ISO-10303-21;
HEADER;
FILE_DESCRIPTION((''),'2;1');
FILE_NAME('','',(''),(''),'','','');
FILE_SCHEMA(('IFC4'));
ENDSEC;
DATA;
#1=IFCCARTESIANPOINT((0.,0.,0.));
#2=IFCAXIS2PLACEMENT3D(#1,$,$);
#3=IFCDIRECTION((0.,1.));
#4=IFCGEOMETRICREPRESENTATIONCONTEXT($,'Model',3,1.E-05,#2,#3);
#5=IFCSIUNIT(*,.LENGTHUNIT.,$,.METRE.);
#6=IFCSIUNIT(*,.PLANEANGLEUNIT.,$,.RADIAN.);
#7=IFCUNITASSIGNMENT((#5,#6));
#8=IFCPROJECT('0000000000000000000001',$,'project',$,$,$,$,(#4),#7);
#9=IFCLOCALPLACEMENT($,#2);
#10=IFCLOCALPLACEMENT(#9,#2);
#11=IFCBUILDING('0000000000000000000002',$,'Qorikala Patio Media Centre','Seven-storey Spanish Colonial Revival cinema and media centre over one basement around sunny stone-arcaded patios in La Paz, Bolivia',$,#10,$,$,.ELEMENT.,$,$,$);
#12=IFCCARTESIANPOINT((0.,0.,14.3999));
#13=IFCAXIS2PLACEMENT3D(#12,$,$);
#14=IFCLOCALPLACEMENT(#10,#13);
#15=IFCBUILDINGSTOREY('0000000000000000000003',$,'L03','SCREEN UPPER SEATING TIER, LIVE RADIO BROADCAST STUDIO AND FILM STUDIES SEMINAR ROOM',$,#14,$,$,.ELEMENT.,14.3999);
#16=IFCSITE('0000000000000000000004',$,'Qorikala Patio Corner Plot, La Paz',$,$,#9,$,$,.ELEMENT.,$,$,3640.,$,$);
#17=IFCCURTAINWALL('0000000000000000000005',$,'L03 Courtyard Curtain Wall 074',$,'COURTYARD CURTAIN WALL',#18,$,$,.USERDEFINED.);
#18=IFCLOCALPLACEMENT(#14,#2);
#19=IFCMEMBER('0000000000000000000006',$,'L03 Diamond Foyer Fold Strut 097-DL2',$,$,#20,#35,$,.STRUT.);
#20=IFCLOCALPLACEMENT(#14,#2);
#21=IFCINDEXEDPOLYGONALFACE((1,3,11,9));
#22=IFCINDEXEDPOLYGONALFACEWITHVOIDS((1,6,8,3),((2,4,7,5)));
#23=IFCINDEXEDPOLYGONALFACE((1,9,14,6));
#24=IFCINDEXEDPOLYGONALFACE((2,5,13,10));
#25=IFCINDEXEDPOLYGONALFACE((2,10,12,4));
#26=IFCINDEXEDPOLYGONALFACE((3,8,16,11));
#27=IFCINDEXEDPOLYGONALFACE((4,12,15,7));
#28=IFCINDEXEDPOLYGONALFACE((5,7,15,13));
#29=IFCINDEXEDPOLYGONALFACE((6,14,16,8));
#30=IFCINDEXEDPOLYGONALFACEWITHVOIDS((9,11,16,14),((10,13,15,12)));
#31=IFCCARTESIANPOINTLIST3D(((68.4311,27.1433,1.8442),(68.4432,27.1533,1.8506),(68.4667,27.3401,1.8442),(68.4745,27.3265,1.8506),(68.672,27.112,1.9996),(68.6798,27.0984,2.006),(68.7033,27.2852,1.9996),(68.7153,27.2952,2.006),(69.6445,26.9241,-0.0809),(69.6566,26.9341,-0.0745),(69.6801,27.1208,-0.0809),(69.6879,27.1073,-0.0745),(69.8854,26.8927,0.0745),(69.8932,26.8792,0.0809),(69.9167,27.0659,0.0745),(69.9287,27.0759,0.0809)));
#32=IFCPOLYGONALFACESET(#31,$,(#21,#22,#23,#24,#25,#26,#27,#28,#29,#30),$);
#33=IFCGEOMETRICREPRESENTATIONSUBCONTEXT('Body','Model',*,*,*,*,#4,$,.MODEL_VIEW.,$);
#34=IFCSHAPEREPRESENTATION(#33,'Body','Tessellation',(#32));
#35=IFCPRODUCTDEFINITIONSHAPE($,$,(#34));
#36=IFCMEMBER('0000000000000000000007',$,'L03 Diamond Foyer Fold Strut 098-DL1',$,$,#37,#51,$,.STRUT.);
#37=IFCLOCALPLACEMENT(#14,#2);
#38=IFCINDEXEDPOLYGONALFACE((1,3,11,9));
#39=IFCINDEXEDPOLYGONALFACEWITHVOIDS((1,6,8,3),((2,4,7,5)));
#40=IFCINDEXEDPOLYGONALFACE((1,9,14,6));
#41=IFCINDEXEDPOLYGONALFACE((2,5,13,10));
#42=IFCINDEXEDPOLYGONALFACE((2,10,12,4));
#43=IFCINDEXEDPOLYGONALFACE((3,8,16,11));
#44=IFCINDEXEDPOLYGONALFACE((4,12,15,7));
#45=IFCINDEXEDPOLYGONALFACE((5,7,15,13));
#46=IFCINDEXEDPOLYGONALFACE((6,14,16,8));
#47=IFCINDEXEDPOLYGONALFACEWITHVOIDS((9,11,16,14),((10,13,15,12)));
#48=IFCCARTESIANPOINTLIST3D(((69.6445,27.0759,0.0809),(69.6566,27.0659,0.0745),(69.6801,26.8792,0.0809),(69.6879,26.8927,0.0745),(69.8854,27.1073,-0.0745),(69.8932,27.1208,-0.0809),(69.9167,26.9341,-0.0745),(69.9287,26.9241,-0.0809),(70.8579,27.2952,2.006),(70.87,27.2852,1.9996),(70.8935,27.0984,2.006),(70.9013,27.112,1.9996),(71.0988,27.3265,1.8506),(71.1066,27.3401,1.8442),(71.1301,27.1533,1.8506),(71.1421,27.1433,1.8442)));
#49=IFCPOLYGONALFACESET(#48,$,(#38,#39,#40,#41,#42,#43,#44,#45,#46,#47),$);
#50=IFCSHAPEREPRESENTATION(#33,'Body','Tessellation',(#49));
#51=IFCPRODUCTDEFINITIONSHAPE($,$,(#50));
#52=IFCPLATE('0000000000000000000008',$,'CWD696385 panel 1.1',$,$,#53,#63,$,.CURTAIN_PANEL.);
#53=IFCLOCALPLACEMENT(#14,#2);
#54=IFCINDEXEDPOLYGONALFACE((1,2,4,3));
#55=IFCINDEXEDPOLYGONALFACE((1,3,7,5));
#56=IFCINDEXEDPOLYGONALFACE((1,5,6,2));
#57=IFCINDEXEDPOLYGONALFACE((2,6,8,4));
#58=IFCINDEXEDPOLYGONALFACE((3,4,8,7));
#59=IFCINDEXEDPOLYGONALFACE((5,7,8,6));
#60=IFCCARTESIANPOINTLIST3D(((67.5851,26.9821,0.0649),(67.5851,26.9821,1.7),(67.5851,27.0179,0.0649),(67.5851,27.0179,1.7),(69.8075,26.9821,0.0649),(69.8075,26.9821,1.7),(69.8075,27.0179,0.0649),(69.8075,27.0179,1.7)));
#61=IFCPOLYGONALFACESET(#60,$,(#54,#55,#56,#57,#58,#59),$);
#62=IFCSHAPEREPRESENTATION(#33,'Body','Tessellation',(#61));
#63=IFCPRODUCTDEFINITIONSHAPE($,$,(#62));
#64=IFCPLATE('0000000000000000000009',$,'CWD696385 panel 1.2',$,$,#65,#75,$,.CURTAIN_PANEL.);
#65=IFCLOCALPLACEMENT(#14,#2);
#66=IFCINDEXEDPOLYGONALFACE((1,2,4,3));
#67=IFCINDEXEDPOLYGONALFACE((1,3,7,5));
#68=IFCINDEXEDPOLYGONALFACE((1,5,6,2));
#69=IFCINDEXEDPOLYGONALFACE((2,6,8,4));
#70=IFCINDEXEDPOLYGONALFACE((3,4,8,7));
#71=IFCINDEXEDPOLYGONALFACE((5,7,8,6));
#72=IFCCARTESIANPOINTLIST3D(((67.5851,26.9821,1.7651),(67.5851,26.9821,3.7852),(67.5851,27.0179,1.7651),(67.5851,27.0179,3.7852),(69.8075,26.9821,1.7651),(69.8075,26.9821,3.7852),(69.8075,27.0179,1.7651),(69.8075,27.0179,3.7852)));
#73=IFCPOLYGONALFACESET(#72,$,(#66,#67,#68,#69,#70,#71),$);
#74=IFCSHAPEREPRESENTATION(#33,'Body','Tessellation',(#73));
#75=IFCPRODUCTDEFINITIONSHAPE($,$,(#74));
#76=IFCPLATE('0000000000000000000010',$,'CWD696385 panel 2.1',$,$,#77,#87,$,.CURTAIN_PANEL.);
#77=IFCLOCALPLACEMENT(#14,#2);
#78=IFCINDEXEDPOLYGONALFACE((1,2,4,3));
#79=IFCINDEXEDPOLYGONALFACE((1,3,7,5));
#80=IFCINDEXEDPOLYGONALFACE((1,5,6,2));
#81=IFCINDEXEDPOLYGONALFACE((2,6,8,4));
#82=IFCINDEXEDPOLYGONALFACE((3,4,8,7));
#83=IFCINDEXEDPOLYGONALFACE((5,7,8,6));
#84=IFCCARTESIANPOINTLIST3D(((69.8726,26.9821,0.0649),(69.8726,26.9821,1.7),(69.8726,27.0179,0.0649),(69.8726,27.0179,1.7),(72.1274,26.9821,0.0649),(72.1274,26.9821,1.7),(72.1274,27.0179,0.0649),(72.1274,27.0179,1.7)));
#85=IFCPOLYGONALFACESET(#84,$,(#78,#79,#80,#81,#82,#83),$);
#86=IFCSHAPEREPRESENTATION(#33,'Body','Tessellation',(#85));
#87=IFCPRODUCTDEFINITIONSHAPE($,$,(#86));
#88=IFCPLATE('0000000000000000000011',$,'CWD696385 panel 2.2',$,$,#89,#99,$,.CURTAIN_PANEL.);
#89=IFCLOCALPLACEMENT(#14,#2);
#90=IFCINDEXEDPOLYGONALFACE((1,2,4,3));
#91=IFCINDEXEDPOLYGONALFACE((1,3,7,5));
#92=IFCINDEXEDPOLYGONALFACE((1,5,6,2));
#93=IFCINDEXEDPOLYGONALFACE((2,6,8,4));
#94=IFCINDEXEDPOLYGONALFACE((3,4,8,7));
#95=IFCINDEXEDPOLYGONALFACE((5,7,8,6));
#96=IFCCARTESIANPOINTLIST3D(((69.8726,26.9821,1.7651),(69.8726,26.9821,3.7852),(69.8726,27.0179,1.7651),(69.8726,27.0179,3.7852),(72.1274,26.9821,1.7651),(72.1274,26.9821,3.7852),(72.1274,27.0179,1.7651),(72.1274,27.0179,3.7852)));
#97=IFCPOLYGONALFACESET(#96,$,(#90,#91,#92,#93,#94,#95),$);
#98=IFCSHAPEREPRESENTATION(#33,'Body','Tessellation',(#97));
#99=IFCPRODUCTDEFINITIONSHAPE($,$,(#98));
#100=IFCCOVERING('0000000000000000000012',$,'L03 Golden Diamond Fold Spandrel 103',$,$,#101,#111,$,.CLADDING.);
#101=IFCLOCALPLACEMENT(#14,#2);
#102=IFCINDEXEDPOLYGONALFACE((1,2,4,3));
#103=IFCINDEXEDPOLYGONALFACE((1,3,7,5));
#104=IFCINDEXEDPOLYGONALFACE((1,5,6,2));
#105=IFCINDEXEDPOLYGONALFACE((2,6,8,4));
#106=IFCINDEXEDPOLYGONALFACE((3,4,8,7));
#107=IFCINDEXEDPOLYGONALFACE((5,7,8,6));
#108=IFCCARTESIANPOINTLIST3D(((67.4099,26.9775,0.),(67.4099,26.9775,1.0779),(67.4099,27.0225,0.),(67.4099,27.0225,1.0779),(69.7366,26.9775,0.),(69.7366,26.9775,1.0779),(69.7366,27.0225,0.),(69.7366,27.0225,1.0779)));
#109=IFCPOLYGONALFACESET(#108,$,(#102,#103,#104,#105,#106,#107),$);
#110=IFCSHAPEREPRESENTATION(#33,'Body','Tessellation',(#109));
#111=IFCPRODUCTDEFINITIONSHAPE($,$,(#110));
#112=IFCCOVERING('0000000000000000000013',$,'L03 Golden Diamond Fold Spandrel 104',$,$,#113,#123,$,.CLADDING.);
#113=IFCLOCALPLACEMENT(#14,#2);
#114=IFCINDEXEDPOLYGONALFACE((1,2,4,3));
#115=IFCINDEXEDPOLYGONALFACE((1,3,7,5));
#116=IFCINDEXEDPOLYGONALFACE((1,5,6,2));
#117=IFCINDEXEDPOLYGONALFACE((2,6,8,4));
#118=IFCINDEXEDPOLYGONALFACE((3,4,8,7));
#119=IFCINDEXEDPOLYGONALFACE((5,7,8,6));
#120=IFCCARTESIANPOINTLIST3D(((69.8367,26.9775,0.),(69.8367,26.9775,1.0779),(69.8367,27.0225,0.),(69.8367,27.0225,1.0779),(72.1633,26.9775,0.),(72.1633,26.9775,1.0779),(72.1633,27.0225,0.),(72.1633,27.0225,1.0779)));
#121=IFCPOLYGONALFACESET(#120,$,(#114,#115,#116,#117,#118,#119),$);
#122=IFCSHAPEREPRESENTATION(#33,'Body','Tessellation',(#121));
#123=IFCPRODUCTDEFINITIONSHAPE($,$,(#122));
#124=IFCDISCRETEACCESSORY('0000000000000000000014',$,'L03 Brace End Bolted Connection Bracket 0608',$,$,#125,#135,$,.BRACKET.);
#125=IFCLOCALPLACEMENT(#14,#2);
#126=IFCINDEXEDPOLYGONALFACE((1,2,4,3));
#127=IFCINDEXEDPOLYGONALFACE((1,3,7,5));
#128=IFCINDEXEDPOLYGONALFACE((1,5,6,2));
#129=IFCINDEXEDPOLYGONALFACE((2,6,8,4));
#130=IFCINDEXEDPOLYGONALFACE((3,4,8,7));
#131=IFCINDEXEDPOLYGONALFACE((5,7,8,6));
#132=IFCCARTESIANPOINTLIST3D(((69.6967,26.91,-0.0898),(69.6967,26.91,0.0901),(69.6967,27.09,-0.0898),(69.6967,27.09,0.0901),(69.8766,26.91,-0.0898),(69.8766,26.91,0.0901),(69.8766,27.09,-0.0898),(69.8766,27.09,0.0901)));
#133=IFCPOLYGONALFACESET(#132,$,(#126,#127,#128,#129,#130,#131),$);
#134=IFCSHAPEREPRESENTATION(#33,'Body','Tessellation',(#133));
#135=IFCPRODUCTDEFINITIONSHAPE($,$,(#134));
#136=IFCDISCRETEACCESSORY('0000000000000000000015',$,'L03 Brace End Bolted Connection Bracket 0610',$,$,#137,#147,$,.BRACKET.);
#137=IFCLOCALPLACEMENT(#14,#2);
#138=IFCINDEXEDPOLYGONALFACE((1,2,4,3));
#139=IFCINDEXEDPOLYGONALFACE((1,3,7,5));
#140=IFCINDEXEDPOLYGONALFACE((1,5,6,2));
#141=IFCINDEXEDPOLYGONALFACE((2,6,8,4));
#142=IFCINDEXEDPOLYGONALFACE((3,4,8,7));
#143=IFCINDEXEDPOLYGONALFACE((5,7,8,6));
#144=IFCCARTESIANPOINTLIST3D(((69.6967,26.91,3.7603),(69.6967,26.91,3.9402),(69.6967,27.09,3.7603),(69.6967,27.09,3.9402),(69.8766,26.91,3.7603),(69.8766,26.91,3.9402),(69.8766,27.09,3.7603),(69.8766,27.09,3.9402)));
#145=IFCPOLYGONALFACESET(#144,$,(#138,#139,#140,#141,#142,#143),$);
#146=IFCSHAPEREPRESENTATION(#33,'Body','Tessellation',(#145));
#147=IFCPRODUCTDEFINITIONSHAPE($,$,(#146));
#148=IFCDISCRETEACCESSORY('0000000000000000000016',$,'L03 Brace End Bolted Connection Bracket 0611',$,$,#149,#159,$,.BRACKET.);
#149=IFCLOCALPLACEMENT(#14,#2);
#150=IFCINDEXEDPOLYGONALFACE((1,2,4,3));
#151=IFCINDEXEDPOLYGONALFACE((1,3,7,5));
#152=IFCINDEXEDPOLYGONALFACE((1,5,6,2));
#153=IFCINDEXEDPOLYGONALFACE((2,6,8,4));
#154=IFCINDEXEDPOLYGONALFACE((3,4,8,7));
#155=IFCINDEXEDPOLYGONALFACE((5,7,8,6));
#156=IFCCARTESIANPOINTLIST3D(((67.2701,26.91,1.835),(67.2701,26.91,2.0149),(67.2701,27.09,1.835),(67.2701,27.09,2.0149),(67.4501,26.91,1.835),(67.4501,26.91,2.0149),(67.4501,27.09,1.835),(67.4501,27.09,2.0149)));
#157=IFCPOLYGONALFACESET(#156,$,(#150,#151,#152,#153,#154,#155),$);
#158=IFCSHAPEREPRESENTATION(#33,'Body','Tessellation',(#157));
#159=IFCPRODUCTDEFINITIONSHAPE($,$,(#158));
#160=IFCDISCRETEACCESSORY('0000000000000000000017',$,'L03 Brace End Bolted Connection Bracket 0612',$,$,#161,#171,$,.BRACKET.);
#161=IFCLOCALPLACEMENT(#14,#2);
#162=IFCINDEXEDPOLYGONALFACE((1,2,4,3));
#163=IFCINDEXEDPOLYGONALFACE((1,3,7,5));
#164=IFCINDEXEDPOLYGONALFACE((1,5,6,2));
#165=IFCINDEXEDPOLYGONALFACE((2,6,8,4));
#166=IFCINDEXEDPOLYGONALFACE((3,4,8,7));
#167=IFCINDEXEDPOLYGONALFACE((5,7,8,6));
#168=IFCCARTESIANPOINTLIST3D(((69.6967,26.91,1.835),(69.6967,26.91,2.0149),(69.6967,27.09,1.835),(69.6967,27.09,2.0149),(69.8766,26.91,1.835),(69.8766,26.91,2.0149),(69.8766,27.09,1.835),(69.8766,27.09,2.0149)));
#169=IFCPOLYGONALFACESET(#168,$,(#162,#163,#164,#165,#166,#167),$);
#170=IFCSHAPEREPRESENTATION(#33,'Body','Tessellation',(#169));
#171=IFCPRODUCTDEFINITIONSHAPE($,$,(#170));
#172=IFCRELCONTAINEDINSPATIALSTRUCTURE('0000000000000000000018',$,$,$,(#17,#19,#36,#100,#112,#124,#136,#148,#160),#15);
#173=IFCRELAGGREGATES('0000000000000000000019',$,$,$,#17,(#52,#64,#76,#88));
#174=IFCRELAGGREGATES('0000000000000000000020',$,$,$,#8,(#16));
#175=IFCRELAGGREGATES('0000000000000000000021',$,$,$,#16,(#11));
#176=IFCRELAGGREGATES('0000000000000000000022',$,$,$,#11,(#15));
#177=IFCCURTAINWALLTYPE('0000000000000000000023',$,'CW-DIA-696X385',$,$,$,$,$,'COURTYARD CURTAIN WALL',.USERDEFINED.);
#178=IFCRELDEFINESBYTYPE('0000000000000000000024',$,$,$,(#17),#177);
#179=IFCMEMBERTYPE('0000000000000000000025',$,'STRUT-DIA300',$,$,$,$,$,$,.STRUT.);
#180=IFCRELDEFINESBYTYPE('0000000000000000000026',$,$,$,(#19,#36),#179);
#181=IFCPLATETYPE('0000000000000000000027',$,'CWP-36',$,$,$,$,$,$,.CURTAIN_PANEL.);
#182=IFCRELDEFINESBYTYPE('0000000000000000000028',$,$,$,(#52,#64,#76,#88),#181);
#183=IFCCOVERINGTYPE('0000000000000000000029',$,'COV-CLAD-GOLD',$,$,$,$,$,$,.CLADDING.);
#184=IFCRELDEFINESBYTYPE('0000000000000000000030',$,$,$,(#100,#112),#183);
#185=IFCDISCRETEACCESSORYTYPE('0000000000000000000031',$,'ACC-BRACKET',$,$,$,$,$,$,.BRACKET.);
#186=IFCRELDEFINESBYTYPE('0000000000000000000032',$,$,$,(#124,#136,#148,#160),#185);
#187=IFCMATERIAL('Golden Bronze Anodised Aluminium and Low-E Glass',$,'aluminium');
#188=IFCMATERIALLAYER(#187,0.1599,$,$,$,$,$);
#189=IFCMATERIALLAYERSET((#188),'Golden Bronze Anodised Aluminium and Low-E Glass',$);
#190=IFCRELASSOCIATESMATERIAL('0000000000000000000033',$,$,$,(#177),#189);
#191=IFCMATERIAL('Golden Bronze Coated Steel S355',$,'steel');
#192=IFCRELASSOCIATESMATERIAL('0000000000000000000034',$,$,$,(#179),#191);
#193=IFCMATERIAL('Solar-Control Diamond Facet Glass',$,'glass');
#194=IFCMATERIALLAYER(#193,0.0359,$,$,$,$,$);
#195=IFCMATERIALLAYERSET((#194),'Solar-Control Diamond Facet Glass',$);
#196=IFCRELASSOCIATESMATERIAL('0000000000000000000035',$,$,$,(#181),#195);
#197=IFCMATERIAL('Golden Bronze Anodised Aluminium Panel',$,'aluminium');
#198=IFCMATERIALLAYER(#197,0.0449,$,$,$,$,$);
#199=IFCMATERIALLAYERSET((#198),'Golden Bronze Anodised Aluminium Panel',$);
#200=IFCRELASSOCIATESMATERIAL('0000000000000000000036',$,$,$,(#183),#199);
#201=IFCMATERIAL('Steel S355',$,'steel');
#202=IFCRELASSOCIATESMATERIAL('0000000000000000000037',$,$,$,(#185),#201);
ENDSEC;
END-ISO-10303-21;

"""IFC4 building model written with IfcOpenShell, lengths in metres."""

from ifc_helpers import new_model, si_unit, direction, frame, origin, origin_2d, place, context, subcontext, project, spatial, rectangle, hollow_rectangle, extrude, material, layer, layer_set, material_profile, profile_set, type_object, element, aggregate, save


model = new_model("IFC4")

# Units and contexts
model_context = context("Model", 3, precision=1e-05, world=origin(), true_north=direction((0.0, 1.0)))
body_context = subcontext(model_context, "Body", "Model", "MODEL_VIEW")
ifc_project = project(units=[si_unit("LENGTHUNIT", "METRE"), si_unit("PLANEANGLEUNIT", "RADIAN")], contexts=[model_context])

# Site, building, storey
site_placement = place(None, origin())
site = spatial("IfcSite", under=ifc_project, at=site_placement, Name="Qorikala Patio Corner Plot, La Paz", CompositionType="ELEMENT", RefElevation=3640.0)
building_placement = place(site_placement, origin())
building = spatial("IfcBuilding", under=site, at=building_placement, Name="Qorikala Patio Media Centre", Description="Seven-storey Spanish Colonial Revival cinema and media centre over one basement around sunny stone-arcaded patios in La Paz, Bolivia", CompositionType="ELEMENT")
storey_placement = place(building_placement, frame((0.0, 0.0, 14.3999)))
storey = spatial("IfcBuildingStorey", under=building, at=storey_placement, Name="L03", Description="SCREEN UPPER SEATING TIER, LIVE RADIO BROADCAST STUDIO AND FILM STUDIES SEMINAR ROOM", CompositionType="ELEMENT", Elevation=14.3999)

# Shared definitions
ifc_material_1 = material(Name="Golden Bronze Coated Steel S355", Category="steel")

# Curtain wall
ifc_material_2 = material(Name="Golden Bronze Anodised Aluminium and Low-E Glass", Category="aluminium")
ifc_layer_1 = layer(ifc_material_2, 0.1599)
ifc_layer_set_1 = layer_set([ifc_layer_1], Name="Golden Bronze Anodised Aluminium and Low-E Glass")
curtain_wall_type = type_object("IfcCurtainWallType", Name="CW-DIA-696X385", ElementType="COURTYARD CURTAIN WALL", PredefinedType="USERDEFINED", material=ifc_layer_set_1)
curtain_wall_placement = place(storey_placement, origin())
curtain_wall = element("IfcCurtainWall", 1, at=curtain_wall_placement, inside=storey, type_object=curtain_wall_type, Name="L03 Courtyard Curtain Wall 074", ObjectType="COURTYARD CURTAIN WALL", PredefinedType="USERDEFINED")

# Members
ifc_material_profile_1 = material_profile(ifc_material_1, hollow_rectangle(XDim=0.2, YDim=0.3, WallThickness=0.012, at=origin_2d()), Name="HSS300X200X12")
ifc_profile_set_1 = profile_set([ifc_material_profile_1], Name="Golden Bronze Coated Steel S355")
member_type_1 = type_object("IfcMemberType", Name="STRUT-DIA300", PredefinedType="STRUT", material=ifc_profile_set_1)
for number, where, z_axis, x_axis, name in (
    (2, (69.7866, 27.0, 0.0), (-0.530768, 0.095901, 0.842074), (-0.177805, -0.984066, 0.0), "L03 Diamond Foyer Fold Strut 097-DL2"),
    (3, (69.7866, 27.0, 0.0), (0.530768, 0.095901, 0.842074), (-0.177805, 0.984066, 0.0), "L03 Diamond Foyer Fold Strut 098-DL1"),
):
    element("IfcMember", number, at=place(storey_placement, frame(where, z_axis=z_axis, x_axis=x_axis)), inside=storey, type_object=member_type_1, Name=name, PredefinedType="STRUT", context=body_context, shape_type="SweptSolid", body=[
        extrude(hollow_rectangle(XDim=0.2, YDim=0.3, WallThickness=0.012, at=origin_2d()), origin(), (0.0, 0.0, 1.0), 2.2861),
    ])

# Plates
ifc_material_3 = material(Name="Solar-Control Diamond Facet Glass", Category="glass")
ifc_layer_2 = layer(ifc_material_3, 0.0359)
ifc_layer_set_2 = layer_set([ifc_layer_2], Name="Solar-Control Diamond Facet Glass")
plate_type = type_object("IfcPlateType", Name="CWP-36", PredefinedType="CURTAIN_PANEL", material=ifc_layer_set_2)
plate_1_placement = place(storey_placement, frame((68.6963, 27.0, 0.0649), z_axis=(0.0, 0.0, 1.0), x_axis=(1.0, 0.0, 0.0)))
plate_1 = element("IfcPlate", 4, at=plate_1_placement, type_object=plate_type, Name="CWD696385 panel 1.1", PredefinedType="CURTAIN_PANEL", context=body_context, shape_type="SweptSolid", body=[
    extrude(rectangle(XDim=2.2224, YDim=0.0359, at=origin_2d()), origin(), (0.0, 0.0, 1.0), 1.635),
])
plate_2_placement = place(storey_placement, frame((68.6963, 27.0, 1.7651), z_axis=(0.0, 0.0, 1.0), x_axis=(1.0, 0.0, 0.0)))
plate_2 = element("IfcPlate", 5, at=plate_2_placement, type_object=plate_type, Name="CWD696385 panel 1.2", PredefinedType="CURTAIN_PANEL", context=body_context, shape_type="SweptSolid", body=[
    extrude(rectangle(XDim=2.2224, YDim=0.0359, at=origin_2d()), origin(), (0.0, 0.0, 1.0), 2.02),
])
plate_3_placement = place(storey_placement, frame((71.0, 27.0, 0.0649), z_axis=(0.0, 0.0, 1.0), x_axis=(1.0, 0.0, 0.0)))
plate_3 = element("IfcPlate", 6, at=plate_3_placement, type_object=plate_type, Name="CWD696385 panel 2.1", PredefinedType="CURTAIN_PANEL", context=body_context, shape_type="SweptSolid", body=[
    extrude(rectangle(XDim=2.2549, YDim=0.0359, at=origin_2d()), origin(), (0.0, 0.0, 1.0), 1.635),
])
plate_4_placement = place(storey_placement, frame((71.0, 27.0, 1.7651), z_axis=(0.0, 0.0, 1.0), x_axis=(1.0, 0.0, 0.0)))
plate_4 = element("IfcPlate", 7, at=plate_4_placement, type_object=plate_type, Name="CWD696385 panel 2.2", PredefinedType="CURTAIN_PANEL", context=body_context, shape_type="SweptSolid", body=[
    extrude(rectangle(XDim=2.2549, YDim=0.0359, at=origin_2d()), origin(), (0.0, 0.0, 1.0), 2.02),
])
aggregate(curtain_wall, [plate_1, plate_2, plate_3, plate_4])

# Coverings
ifc_material_4 = material(Name="Golden Bronze Anodised Aluminium Panel", Category="aluminium")
ifc_layer_3 = layer(ifc_material_4, 0.0449)
ifc_layer_set_3 = layer_set([ifc_layer_3], Name="Golden Bronze Anodised Aluminium Panel")
covering_type = type_object("IfcCoveringType", Name="COV-CLAD-GOLD", PredefinedType="CLADDING", material=ifc_layer_set_3)
for number, where, z_axis, x_axis, name in (
    (8, (68.5732, 27.0, 0.0), (0.0, 0.0, 1.0), (1.0, 0.0, 0.0), "L03 Golden Diamond Fold Spandrel 103"),
    (9, (71.0, 27.0, 0.0), (0.0, 0.0, 1.0), (1.0, 0.0, 0.0), "L03 Golden Diamond Fold Spandrel 104"),
):
    element("IfcCovering", number, at=place(storey_placement, frame(where, z_axis=z_axis, x_axis=x_axis)), inside=storey, type_object=covering_type, Name=name, PredefinedType="CLADDING", context=body_context, shape_type="SweptSolid", body=[
        extrude(rectangle(XDim=2.3267, YDim=0.0449, at=origin_2d()), origin(), (0.0, 0.0, 1.0), 1.0779),
    ])

# Discrete accessories
ifc_material_5 = material(Name="Steel S355", Category="steel")
discrete_accessory_type = type_object("IfcDiscreteAccessoryType", Name="ACC-BRACKET", PredefinedType="BRACKET", material=ifc_material_5)
for number, where, z_axis, x_axis, name in (
    (10, (69.7866, 27.0, -0.0898), (0.0, 0.0, 1.0), (1.0, 0.0, 0.0), "L03 Brace End Bolted Connection Bracket 0608"),
    (11, (69.7866, 27.0, 3.7603), (0.0, 0.0, 1.0), (1.0, 0.0, 0.0), "L03 Brace End Bolted Connection Bracket 0610"),
    (12, (67.3601, 27.0, 1.835), (0.0, 0.0, 1.0), (1.0, 0.0, 0.0), "L03 Brace End Bolted Connection Bracket 0611"),
    (13, (69.7866, 27.0, 1.835), (0.0, 0.0, 1.0), (1.0, 0.0, 0.0), "L03 Brace End Bolted Connection Bracket 0612"),
):
    element("IfcDiscreteAccessory", number, at=place(storey_placement, frame(where, z_axis=z_axis, x_axis=x_axis)), inside=storey, type_object=discrete_accessory_type, Name=name, PredefinedType="BRACKET", context=body_context, shape_type="SweptSolid", body=[
        extrude(rectangle(XDim=0.1799, YDim=0.1799, at=origin_2d()), origin(), (0.0, 0.0, 1.0), 0.1799),
    ])

save(model, "model.ifc")
